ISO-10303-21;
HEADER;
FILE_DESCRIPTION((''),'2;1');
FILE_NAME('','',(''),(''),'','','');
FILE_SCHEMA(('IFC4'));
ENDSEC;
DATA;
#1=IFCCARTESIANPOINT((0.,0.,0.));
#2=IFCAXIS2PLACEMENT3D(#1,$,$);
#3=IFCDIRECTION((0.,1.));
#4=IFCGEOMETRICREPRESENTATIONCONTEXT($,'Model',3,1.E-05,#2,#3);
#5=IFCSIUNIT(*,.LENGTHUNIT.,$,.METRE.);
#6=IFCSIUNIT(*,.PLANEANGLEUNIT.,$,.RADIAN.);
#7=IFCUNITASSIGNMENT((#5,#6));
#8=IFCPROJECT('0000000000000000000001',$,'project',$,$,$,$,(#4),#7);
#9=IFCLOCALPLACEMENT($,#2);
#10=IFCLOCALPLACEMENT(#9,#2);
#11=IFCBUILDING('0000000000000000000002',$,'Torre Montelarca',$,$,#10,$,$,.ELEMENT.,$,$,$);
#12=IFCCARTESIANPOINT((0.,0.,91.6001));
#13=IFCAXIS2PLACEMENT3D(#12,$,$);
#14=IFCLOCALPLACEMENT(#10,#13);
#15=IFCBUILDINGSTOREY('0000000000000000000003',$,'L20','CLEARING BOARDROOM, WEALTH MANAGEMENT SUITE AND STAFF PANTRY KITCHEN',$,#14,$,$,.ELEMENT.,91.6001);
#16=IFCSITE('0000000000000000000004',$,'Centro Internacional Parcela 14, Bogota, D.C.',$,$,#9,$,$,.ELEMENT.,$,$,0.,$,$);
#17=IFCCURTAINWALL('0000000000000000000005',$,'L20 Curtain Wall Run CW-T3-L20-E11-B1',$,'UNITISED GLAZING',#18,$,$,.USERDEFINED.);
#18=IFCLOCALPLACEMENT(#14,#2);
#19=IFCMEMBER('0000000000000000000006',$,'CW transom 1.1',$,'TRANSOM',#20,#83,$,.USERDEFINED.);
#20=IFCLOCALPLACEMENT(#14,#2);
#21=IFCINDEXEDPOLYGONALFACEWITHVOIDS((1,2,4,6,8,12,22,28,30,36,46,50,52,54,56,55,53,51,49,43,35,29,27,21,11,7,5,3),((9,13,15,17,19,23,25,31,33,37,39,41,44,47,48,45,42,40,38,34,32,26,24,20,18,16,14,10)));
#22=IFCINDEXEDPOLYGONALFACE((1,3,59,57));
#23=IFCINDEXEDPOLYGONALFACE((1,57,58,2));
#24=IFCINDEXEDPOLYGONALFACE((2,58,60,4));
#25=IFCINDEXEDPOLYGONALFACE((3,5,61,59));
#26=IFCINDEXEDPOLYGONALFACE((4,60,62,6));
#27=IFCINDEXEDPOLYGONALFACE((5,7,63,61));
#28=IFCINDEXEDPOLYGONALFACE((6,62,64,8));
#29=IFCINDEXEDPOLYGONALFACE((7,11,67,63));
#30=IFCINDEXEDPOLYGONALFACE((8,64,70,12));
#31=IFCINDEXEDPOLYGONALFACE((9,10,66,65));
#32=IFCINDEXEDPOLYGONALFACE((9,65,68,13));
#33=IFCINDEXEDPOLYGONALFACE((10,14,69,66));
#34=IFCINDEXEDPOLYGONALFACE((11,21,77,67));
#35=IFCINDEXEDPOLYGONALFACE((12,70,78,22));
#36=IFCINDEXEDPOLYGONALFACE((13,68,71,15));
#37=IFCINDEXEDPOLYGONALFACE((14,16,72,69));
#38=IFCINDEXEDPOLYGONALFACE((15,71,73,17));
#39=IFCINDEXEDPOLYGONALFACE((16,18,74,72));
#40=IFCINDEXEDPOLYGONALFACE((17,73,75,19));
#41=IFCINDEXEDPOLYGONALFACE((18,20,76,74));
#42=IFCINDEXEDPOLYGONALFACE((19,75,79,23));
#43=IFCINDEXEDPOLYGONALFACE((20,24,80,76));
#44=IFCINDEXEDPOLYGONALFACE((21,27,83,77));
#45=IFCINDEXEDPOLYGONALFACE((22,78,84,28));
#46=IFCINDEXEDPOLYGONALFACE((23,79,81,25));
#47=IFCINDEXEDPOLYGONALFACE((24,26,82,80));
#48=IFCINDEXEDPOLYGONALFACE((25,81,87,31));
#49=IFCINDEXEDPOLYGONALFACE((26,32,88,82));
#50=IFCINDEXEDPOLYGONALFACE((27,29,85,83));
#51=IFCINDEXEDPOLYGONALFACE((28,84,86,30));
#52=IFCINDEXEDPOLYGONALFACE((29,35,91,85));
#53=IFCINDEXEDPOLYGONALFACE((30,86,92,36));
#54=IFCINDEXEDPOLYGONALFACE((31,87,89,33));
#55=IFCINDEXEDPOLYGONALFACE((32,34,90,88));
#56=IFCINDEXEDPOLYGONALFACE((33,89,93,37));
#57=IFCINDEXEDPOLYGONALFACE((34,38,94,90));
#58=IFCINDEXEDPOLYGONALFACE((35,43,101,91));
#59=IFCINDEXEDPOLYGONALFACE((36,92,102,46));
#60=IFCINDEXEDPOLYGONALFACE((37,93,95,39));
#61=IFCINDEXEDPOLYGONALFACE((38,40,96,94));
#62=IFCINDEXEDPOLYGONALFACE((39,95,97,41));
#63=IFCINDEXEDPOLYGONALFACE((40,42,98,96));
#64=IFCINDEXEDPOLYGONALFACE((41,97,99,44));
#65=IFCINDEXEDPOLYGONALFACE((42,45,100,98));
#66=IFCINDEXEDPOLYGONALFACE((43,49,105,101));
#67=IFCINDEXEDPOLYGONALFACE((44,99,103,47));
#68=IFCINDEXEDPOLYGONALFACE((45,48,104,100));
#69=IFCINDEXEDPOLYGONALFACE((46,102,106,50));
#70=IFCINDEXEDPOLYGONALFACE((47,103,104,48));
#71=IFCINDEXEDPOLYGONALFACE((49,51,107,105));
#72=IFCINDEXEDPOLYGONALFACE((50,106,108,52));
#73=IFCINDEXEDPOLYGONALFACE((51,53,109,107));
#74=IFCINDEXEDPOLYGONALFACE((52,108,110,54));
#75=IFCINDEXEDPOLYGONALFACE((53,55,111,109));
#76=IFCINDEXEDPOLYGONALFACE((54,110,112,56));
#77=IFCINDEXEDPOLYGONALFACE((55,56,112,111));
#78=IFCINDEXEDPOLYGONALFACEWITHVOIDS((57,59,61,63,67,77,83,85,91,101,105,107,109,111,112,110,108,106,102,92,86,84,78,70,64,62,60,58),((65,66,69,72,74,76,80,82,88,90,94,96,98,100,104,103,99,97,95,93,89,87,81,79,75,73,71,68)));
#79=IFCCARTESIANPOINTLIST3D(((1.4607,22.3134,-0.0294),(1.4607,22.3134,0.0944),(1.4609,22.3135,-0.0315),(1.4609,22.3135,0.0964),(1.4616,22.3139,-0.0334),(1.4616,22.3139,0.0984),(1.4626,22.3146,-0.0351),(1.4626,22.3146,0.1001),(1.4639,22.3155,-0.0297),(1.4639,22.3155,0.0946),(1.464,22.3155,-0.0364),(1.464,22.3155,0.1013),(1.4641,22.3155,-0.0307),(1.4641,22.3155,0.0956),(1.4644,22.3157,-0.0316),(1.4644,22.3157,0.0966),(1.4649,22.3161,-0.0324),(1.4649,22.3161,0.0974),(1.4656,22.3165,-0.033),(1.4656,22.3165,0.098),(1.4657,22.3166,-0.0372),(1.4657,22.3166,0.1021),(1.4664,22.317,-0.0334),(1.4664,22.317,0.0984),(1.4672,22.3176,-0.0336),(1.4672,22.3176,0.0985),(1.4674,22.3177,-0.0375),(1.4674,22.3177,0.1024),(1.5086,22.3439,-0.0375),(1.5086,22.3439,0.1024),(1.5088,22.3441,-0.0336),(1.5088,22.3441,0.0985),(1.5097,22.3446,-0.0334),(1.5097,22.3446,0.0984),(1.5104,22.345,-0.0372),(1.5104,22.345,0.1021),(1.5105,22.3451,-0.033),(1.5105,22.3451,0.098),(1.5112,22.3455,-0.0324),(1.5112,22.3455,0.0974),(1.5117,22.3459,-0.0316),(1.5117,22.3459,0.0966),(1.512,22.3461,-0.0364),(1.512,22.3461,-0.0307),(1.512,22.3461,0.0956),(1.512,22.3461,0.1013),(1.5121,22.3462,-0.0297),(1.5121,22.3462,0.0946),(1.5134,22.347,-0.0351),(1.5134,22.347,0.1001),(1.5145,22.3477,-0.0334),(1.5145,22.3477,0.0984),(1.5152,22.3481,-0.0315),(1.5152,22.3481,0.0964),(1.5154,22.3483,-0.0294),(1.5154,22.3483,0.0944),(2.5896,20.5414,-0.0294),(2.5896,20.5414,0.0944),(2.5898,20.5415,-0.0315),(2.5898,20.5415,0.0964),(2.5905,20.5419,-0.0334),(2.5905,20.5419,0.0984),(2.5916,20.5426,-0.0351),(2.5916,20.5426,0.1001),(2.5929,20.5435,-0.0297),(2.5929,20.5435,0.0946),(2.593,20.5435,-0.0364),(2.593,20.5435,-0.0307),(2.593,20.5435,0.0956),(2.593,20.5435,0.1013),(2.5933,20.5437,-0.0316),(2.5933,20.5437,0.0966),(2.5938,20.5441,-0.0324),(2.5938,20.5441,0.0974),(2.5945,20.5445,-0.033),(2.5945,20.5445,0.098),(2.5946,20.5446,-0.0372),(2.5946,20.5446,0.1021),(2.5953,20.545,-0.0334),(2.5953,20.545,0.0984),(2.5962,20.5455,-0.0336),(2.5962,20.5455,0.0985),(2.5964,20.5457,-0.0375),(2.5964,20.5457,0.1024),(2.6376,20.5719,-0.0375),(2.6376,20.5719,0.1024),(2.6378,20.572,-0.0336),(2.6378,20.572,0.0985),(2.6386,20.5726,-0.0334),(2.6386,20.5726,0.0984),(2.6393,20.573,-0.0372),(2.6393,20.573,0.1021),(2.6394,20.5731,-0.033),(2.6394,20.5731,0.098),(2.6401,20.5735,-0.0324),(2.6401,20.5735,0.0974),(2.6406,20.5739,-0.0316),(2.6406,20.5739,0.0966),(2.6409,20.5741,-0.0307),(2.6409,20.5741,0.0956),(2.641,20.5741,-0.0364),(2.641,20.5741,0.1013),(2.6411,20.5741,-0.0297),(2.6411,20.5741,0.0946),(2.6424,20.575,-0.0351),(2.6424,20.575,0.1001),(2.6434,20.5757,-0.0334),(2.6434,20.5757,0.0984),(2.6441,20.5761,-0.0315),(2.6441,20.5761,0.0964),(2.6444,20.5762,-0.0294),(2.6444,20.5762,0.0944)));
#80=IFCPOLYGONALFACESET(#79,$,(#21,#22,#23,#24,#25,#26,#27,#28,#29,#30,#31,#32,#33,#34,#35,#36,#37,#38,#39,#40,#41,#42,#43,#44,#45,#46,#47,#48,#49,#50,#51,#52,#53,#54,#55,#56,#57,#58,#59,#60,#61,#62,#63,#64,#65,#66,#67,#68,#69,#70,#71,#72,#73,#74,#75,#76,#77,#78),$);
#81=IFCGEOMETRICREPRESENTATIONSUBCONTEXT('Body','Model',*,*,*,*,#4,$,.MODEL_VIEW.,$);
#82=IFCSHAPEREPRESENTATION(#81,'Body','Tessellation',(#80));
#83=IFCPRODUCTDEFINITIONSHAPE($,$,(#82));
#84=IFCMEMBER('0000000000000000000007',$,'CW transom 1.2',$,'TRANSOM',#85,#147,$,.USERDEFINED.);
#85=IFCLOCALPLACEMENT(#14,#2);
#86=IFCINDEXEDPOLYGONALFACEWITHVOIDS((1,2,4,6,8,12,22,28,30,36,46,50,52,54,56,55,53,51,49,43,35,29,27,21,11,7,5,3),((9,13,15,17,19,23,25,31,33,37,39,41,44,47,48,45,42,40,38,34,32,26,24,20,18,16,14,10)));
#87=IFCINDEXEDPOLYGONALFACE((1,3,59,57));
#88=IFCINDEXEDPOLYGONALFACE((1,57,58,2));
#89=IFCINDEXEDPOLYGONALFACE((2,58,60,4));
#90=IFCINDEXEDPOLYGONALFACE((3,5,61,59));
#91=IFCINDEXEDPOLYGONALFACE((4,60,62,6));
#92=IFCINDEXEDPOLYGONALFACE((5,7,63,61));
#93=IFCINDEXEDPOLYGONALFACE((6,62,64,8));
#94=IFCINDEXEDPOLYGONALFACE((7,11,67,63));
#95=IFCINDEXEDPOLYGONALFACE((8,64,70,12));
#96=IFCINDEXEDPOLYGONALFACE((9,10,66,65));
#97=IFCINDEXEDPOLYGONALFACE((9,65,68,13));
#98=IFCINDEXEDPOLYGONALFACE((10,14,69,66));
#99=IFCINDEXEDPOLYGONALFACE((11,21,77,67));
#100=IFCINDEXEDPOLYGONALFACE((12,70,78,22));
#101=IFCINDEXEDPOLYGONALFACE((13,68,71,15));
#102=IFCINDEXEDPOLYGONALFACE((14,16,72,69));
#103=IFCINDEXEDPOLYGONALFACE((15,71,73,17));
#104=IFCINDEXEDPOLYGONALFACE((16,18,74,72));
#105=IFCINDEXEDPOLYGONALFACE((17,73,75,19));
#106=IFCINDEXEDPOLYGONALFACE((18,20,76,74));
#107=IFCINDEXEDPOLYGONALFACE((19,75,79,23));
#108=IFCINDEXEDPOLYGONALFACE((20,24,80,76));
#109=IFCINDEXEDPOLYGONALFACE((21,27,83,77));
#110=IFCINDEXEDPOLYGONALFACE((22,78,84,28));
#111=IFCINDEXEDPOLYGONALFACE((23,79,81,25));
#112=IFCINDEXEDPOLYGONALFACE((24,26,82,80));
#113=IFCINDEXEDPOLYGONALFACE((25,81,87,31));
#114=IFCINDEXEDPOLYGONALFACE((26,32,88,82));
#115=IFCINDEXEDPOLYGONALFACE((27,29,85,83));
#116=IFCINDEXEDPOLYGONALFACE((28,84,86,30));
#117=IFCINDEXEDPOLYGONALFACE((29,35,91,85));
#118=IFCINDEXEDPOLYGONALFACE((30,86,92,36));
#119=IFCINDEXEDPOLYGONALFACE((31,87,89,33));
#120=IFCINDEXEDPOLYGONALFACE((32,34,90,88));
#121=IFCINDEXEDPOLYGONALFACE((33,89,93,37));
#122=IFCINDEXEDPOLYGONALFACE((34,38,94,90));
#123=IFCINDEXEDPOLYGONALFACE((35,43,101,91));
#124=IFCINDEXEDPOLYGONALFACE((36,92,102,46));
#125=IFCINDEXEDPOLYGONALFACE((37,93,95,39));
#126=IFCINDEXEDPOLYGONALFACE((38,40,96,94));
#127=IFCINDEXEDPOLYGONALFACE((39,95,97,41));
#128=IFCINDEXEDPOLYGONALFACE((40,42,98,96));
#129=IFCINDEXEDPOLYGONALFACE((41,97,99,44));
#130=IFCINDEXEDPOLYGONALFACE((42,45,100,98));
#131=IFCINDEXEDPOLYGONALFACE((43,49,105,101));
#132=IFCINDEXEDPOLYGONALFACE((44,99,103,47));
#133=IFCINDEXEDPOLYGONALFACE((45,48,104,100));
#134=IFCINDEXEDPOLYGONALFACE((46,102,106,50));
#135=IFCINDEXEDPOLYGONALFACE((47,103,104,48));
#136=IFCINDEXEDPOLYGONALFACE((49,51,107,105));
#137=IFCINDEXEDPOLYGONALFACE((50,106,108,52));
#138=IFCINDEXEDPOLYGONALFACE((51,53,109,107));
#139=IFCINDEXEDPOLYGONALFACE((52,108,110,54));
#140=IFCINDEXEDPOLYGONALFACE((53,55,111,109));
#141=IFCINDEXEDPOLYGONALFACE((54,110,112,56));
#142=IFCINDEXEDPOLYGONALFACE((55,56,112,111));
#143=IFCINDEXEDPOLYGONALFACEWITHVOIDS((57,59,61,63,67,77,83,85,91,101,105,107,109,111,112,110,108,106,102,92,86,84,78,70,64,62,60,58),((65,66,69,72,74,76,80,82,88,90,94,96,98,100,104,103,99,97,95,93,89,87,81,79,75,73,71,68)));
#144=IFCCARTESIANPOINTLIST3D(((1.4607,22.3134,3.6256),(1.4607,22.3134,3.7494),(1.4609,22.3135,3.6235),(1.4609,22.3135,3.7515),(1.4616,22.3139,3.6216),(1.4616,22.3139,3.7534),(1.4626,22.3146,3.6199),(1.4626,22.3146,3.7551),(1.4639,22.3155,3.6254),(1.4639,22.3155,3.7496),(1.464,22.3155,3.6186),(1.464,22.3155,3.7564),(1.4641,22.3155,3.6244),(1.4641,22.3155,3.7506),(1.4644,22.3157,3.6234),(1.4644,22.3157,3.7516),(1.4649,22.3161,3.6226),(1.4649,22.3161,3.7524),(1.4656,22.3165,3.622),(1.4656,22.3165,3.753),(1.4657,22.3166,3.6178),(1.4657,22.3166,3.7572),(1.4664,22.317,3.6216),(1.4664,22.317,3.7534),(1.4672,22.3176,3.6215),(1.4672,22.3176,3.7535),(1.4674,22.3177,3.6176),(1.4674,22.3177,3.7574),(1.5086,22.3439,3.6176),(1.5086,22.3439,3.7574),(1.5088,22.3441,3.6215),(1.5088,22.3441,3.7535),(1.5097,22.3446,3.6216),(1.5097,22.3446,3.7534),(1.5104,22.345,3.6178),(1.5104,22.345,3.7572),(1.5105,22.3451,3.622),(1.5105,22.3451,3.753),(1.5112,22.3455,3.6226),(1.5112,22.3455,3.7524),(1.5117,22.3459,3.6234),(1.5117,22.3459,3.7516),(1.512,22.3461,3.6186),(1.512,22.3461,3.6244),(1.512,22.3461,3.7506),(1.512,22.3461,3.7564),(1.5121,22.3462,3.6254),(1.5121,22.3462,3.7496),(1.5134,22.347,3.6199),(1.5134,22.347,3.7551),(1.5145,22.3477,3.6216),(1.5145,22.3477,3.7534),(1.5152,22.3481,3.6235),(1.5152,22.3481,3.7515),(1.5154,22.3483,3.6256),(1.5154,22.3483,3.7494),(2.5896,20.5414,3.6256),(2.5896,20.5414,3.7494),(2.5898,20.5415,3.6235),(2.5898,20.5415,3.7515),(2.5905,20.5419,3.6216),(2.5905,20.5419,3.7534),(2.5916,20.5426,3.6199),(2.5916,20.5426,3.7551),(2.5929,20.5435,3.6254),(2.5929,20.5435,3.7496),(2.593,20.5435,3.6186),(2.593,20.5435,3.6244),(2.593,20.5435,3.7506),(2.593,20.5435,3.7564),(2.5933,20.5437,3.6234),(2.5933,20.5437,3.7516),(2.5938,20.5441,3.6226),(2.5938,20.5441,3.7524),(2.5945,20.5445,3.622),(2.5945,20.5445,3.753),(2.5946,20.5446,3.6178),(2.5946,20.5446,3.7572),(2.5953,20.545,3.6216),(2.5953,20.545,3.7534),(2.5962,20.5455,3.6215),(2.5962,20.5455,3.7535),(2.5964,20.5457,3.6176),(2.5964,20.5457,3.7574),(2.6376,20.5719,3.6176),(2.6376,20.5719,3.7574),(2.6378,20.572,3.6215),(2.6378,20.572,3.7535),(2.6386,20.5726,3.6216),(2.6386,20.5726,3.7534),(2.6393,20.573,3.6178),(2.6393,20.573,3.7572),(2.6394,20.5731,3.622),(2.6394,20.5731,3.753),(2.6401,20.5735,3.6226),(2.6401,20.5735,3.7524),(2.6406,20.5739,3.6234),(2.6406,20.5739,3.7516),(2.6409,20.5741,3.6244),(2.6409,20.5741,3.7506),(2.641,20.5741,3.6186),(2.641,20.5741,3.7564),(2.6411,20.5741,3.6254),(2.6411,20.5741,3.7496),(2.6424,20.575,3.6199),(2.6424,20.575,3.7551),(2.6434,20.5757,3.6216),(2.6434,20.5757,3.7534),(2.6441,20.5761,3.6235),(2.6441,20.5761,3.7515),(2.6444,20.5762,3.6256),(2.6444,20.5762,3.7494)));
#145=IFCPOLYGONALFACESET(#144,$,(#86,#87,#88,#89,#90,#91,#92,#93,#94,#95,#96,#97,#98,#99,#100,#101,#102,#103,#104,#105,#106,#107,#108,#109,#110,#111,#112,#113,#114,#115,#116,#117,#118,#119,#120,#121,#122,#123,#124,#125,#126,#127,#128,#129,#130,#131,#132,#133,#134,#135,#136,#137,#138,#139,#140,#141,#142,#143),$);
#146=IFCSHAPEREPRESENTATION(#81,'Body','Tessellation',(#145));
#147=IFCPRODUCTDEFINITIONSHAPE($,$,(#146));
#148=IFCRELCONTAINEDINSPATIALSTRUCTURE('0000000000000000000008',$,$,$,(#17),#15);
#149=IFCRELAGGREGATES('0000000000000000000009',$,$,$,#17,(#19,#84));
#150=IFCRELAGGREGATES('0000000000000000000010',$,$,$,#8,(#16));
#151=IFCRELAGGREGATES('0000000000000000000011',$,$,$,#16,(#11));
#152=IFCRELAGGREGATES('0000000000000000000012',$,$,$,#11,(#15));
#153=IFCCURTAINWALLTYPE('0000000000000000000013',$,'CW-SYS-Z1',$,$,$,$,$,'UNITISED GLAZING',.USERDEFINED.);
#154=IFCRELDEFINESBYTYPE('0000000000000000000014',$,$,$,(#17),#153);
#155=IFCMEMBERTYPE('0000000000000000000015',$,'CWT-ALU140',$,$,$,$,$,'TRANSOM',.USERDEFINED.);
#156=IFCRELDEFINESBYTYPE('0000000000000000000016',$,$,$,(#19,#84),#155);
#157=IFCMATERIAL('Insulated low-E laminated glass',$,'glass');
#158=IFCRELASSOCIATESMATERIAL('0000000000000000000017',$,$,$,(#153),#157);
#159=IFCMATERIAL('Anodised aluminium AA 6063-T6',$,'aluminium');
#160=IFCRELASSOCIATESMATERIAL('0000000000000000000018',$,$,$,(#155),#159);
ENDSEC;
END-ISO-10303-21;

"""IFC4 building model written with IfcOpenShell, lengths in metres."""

from ifc_helpers import new_model, si_unit, direction, frame, origin, origin_2d, place, context, subcontext, project, spatial, hollow_rectangle, extrude, source, transform, mapped, material, material_profile, profile_set, type_object, element, aggregate, save


model = new_model("IFC4")

# Units and contexts
model_context = context("Model", 3, precision=1e-05, world=origin(), true_north=direction((0.0, 1.0)))
body_context = subcontext(model_context, "Body", "Model", "MODEL_VIEW")
ifc_project = project(units=[si_unit("LENGTHUNIT", "METRE"), si_unit("PLANEANGLEUNIT", "RADIAN")], contexts=[model_context])

# Site, building, storey
site_placement = place(None, origin())
site = spatial("IfcSite", under=ifc_project, at=site_placement, Name="Centro Internacional Parcela 14, Bogota, D.C.", CompositionType="ELEMENT", RefElevation=0.0)
building_placement = place(site_placement, origin())
building = spatial("IfcBuilding", under=site, at=building_placement, Name="Torre Montelarca", CompositionType="ELEMENT")
storey_placement = place(building_placement, frame((0.0, 0.0, 91.6001)))
storey = spatial("IfcBuildingStorey", under=building, at=storey_placement, Name="L20", Description="CLEARING BOARDROOM, WEALTH MANAGEMENT SUITE AND STAFF PANTRY KITCHEN", CompositionType="ELEMENT", Elevation=91.6001)

# Curtain wall, members
ifc_material_1 = material(Name="Insulated low-E laminated glass", Category="glass")
curtain_wall_type = type_object("IfcCurtainWallType", Name="CW-SYS-Z1", ElementType="UNITISED GLAZING", PredefinedType="USERDEFINED", material=ifc_material_1)
ifc_material_2 = material(Name="Anodised aluminium AA 6063-T6", Category="aluminium")
ifc_material_profile_1 = material_profile(ifc_material_2, hollow_rectangle(XDim=0.0649, YDim=0.1399, WallThickness=0.0039, InnerFilletRadius=0.0039, OuterFilletRadius=0.0081, at=origin_2d()), Name="ALU65X140X4", Category="aluminium")
ifc_profile_set_1 = profile_set([ifc_material_profile_1], Name="Anodised aluminium AA 6063-T6")
member_type_1 = type_object("IfcMemberType", Name="CWT-ALU140", ElementType="TRANSOM", PredefinedType="USERDEFINED", material=ifc_profile_set_1)
curtain_wall_1_placement = place(storey_placement, origin())
curtain_wall_1 = element("IfcCurtainWall", 1, at=curtain_wall_1_placement, inside=storey, type_object=curtain_wall_type, Name="L20 Curtain Wall Run CW-T3-L20-E11-B1", ObjectType="UNITISED GLAZING", PredefinedType="USERDEFINED")
shared_shape_1 = source(origin(), body_context, "Body", "SweptSolid", [
    extrude(hollow_rectangle(XDim=0.0649, YDim=0.1399, WallThickness=0.0039, InnerFilletRadius=0.0039, OuterFilletRadius=0.0081, at=origin_2d()), origin(), (0.0, 0.0, 1.0), 2.1011),
])
member_1_placement = place(storey_placement, frame((1.488, 22.3308, 0.0325), z_axis=(0.537312, -0.843384, 0.0), x_axis=(0.843384, 0.537312, 0.0)))
member_1 = element("IfcMember", 2, at=member_1_placement, type_object=member_type_1, Name="CW transom 1.1", ObjectType="TRANSOM", PredefinedType="USERDEFINED", context=body_context, shape_type="MappedRepresentation", body=[
    mapped(shared_shape_1, transform((0.0, 0.0, 0.0), scale=1.0)),
])
member_2_placement = place(storey_placement, frame((1.488, 22.3308, 3.6875), z_axis=(0.537312, -0.843384, 0.0), x_axis=(0.843384, 0.537312, 0.0)))
member_2 = element("IfcMember", 3, at=member_2_placement, type_object=member_type_1, Name="CW transom 1.2", ObjectType="TRANSOM", PredefinedType="USERDEFINED", context=body_context, shape_type="MappedRepresentation", body=[
    mapped(shared_shape_1, transform((0.0, 0.0, 0.0), scale=1.0)),
])

aggregate(curtain_wall_1, [member_1, member_2])

save(model, "model.ifc")
